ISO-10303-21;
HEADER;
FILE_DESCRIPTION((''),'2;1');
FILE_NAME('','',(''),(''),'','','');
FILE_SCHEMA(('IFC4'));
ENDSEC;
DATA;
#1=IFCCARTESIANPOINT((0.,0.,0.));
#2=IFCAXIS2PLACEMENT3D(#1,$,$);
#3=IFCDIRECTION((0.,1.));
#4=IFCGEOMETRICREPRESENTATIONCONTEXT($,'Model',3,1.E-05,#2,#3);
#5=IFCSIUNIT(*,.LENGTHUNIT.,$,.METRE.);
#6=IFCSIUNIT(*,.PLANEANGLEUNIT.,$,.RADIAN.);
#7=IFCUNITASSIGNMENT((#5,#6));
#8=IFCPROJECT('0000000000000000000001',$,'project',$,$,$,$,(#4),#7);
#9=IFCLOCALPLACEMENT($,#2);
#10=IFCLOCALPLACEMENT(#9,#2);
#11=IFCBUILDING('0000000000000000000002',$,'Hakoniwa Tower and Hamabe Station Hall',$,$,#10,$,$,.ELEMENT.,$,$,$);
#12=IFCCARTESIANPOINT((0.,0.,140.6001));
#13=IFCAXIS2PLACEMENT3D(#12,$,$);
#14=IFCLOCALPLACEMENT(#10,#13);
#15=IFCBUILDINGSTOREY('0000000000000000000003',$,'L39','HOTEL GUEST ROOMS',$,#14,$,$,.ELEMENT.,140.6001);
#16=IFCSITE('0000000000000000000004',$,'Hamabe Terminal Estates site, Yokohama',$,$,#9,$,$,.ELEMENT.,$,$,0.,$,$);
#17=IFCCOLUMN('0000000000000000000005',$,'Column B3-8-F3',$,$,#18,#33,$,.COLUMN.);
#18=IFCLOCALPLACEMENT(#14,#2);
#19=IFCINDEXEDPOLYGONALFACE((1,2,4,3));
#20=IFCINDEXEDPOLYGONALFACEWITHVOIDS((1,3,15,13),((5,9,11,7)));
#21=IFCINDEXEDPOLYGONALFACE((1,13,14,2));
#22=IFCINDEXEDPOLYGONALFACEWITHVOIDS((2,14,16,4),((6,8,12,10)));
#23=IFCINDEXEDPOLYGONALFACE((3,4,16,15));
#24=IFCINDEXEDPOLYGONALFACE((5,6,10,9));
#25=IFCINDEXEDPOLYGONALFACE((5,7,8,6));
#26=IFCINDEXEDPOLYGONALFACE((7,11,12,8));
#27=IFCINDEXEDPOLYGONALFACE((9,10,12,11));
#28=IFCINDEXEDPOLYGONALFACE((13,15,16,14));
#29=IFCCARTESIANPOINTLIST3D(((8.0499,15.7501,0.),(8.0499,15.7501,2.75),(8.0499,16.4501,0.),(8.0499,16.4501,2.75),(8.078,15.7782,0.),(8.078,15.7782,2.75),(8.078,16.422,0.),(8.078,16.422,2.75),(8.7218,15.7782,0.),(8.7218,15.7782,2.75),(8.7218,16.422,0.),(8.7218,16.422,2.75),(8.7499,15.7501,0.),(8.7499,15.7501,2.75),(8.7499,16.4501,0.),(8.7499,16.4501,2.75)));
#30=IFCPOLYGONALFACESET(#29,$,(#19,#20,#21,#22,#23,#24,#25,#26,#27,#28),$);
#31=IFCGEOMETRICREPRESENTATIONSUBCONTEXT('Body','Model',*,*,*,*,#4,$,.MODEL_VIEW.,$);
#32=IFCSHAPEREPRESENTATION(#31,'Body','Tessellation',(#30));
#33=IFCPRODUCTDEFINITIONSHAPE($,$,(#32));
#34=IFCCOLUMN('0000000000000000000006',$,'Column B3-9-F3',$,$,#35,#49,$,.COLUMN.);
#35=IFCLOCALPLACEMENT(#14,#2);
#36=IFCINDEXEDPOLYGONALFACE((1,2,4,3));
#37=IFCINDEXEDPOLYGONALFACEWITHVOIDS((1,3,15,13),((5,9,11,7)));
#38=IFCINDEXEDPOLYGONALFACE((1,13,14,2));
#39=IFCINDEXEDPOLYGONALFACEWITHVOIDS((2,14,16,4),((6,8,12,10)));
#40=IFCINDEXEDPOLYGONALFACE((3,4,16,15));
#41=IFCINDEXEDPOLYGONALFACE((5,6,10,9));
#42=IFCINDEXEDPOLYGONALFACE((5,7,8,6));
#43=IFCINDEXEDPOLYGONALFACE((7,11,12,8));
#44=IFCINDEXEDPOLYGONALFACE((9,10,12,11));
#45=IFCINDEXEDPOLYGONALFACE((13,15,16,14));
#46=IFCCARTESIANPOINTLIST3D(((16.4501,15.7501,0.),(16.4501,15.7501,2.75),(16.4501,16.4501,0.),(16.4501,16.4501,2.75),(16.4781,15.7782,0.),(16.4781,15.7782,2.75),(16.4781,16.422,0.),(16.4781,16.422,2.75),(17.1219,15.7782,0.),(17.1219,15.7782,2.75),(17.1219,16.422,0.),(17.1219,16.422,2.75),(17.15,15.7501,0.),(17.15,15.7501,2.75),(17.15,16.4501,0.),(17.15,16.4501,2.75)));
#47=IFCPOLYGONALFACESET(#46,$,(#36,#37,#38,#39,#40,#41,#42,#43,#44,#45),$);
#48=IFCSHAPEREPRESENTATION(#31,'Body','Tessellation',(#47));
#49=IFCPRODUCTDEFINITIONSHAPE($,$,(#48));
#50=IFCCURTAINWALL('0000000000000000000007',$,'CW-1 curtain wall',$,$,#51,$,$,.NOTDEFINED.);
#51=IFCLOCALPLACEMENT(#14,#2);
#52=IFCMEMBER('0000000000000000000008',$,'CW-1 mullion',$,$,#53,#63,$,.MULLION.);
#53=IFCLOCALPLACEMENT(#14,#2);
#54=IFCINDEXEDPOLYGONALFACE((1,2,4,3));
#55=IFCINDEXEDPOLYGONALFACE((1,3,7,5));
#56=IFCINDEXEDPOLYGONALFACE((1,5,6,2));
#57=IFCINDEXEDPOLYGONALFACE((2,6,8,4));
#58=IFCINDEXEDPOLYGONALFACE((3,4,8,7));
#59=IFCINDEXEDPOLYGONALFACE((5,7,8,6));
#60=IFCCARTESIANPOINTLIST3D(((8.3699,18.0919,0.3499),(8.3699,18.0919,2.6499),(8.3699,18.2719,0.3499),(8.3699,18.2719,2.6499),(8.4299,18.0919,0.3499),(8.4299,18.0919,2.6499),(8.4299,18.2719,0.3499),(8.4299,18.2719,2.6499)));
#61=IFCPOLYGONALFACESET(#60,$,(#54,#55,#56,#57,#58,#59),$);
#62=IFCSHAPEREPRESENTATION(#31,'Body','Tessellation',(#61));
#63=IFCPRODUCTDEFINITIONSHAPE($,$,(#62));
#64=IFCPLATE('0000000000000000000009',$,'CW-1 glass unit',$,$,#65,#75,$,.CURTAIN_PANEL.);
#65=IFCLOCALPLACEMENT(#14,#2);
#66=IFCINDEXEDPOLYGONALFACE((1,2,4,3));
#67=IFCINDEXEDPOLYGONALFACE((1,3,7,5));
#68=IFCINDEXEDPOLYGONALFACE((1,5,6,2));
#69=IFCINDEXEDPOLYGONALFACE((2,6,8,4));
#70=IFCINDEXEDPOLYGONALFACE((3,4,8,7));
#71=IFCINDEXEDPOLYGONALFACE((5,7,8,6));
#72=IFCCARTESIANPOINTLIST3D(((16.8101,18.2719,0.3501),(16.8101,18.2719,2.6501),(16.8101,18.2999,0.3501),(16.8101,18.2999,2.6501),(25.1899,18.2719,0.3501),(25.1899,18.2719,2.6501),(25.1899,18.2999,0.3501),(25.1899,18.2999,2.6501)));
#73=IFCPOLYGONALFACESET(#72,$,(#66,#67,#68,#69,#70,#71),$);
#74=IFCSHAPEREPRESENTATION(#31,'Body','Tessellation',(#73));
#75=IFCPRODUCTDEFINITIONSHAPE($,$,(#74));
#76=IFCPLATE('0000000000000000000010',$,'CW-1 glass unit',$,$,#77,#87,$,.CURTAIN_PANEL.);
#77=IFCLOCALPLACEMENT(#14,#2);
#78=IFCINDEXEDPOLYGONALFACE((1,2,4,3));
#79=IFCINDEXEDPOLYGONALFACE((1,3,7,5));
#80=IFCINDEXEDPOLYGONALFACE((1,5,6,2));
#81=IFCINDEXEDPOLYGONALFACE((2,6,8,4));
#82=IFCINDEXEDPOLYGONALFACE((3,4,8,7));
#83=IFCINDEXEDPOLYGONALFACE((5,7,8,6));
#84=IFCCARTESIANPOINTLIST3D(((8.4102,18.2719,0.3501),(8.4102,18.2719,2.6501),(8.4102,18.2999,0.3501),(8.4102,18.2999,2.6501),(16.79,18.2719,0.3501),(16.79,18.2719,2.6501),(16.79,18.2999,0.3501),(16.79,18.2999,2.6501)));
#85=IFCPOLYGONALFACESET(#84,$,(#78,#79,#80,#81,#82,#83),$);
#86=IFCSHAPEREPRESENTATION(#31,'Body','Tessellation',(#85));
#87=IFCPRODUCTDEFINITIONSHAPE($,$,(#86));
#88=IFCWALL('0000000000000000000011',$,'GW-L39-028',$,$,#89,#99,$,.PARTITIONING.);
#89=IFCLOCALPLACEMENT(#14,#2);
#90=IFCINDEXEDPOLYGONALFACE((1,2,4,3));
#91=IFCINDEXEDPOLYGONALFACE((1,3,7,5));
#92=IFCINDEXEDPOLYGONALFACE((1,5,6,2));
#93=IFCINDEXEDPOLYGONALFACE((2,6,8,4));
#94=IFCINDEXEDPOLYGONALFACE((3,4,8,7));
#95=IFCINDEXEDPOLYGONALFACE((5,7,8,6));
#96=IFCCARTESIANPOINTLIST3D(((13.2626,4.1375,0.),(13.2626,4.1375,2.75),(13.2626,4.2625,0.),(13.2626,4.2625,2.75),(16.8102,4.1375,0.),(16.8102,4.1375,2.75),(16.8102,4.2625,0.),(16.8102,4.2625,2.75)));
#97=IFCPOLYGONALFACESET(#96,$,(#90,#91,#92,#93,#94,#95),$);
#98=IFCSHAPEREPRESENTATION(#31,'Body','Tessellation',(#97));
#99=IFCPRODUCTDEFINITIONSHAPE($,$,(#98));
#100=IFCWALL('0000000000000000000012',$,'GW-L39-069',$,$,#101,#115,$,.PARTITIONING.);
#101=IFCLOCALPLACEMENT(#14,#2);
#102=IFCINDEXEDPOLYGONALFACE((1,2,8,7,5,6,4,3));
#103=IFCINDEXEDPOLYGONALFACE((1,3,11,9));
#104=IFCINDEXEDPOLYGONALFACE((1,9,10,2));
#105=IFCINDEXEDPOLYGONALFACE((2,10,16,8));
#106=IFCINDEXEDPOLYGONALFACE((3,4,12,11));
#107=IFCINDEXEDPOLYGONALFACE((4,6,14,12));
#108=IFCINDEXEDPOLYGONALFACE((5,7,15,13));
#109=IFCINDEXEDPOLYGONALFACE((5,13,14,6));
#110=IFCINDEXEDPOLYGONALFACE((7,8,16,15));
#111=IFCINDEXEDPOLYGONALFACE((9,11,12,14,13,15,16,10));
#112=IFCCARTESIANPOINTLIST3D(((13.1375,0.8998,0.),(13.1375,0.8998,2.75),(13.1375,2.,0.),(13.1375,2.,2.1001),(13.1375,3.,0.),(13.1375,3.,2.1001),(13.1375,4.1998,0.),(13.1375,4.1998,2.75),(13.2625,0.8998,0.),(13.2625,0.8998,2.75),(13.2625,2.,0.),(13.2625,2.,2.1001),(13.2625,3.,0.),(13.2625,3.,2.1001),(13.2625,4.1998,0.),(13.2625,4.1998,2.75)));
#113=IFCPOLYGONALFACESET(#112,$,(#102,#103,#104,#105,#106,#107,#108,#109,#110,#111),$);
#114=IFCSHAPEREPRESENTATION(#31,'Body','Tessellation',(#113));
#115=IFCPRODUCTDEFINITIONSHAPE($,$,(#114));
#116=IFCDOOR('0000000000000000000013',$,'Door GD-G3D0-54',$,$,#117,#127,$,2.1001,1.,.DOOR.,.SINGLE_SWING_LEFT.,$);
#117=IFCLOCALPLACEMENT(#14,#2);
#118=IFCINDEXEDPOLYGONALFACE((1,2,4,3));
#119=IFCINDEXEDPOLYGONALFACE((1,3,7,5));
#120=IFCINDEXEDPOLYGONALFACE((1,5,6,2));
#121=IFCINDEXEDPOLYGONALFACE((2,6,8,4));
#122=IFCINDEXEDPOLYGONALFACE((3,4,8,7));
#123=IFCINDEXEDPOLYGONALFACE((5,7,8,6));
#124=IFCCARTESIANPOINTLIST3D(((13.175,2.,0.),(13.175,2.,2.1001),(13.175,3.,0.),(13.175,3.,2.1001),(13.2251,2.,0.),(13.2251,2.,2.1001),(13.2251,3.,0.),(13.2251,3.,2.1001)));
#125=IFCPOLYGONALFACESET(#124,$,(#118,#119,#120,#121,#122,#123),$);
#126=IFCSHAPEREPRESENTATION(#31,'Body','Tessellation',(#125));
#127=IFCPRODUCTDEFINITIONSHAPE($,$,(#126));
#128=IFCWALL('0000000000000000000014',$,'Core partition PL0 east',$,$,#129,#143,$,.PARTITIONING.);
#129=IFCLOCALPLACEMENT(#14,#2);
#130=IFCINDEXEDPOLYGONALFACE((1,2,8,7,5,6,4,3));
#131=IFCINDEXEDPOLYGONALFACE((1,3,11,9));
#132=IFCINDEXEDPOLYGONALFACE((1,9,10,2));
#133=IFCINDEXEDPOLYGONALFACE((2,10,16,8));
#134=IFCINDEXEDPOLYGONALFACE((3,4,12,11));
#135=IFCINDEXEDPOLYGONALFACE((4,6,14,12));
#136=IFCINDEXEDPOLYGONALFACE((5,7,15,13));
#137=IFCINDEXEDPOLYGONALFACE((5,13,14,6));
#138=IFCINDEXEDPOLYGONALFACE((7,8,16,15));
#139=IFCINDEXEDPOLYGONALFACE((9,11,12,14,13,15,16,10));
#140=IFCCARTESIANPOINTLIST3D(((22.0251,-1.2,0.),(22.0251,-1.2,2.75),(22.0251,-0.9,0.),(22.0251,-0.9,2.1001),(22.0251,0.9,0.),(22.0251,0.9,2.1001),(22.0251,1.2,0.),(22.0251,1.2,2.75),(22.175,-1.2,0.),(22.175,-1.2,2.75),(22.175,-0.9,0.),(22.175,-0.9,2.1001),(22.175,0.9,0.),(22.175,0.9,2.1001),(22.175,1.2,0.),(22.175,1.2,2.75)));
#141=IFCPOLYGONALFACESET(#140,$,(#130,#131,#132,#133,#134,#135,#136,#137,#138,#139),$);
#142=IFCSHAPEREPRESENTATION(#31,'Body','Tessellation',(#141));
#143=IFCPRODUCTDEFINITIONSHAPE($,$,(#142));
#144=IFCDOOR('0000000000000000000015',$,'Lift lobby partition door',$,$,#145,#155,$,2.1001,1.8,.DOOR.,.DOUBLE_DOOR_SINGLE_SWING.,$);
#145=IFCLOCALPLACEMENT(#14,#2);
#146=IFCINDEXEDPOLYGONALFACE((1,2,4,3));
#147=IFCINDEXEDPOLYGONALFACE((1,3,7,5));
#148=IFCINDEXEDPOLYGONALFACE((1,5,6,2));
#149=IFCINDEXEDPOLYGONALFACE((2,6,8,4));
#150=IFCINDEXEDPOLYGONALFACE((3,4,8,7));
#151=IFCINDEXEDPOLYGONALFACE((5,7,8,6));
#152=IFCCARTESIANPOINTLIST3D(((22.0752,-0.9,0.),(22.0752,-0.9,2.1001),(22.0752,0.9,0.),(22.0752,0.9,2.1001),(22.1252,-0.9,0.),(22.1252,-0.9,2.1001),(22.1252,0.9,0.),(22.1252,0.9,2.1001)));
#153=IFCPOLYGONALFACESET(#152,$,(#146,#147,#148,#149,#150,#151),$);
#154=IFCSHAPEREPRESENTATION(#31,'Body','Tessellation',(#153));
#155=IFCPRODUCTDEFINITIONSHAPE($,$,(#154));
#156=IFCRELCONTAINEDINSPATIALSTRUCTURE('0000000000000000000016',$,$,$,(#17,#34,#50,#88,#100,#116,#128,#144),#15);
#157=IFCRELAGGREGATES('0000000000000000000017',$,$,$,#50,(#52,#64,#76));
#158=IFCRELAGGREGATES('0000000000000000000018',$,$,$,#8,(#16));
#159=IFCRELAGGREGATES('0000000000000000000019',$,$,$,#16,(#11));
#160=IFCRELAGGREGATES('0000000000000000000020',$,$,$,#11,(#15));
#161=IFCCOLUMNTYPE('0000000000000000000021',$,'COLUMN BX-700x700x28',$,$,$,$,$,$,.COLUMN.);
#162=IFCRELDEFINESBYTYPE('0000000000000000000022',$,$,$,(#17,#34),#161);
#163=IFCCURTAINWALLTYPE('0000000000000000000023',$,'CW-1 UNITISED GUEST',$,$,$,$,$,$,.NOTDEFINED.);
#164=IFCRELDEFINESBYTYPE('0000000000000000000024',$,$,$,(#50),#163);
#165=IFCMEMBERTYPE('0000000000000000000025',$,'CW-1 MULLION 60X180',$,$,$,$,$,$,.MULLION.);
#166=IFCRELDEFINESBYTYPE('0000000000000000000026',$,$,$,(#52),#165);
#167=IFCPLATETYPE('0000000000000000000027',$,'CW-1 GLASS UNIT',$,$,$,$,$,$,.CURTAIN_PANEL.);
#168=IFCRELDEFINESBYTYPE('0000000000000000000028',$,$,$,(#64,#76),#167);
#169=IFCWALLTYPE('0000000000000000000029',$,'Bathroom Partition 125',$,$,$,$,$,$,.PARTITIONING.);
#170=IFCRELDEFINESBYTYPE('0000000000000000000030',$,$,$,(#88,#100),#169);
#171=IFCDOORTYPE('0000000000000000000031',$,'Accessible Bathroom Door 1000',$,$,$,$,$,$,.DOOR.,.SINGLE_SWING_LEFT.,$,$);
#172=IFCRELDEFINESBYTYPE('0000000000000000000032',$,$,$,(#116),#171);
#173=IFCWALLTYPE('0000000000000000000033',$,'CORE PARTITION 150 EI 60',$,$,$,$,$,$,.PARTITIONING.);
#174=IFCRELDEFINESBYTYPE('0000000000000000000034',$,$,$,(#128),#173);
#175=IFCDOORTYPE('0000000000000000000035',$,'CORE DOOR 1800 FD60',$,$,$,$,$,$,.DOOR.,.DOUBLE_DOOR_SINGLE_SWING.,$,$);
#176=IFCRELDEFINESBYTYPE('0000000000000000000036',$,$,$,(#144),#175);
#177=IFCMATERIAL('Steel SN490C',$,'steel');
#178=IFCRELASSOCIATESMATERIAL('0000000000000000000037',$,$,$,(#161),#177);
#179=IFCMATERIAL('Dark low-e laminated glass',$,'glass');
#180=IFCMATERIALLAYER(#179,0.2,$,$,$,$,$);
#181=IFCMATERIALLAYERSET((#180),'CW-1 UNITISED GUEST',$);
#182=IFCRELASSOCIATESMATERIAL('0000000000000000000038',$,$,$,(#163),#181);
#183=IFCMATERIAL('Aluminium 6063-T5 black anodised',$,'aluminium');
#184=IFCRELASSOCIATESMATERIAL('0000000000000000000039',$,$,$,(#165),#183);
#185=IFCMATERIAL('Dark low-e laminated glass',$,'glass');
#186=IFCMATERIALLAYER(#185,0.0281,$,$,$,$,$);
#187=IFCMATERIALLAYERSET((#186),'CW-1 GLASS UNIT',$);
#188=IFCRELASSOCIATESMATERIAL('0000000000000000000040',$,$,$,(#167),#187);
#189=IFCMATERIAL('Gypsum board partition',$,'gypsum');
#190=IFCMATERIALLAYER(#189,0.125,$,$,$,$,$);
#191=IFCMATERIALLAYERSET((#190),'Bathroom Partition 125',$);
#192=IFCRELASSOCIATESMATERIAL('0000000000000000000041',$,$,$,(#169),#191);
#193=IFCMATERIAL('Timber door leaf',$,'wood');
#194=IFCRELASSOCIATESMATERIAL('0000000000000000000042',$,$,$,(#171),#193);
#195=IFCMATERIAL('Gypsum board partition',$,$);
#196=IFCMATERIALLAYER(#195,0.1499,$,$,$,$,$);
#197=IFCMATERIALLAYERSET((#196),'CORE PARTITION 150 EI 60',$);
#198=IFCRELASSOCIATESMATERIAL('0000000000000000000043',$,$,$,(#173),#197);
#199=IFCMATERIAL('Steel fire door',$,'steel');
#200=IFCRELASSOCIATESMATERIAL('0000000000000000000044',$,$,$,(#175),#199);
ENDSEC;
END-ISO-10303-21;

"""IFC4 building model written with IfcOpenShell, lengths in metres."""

from ifc_helpers import new_model, si_unit, direction, frame, frame_2d, origin, origin_2d, place, context, subcontext, project, spatial, rectangle, hollow_rectangle, extrude, material, layer, layer_set, material_profile, profile_set, type_object, element, fill, aggregate, save


model = new_model("IFC4")

# Units and contexts
model_context = context("Model", 3, precision=1e-05, world=origin(), true_north=direction((0.0, 1.0)))
body_context = subcontext(model_context, "Body", "Model", "MODEL_VIEW")
ifc_project = project(units=[si_unit("LENGTHUNIT", "METRE"), si_unit("PLANEANGLEUNIT", "RADIAN")], contexts=[model_context])

# Site, building, storey
site_placement = place(None, origin())
site = spatial("IfcSite", under=ifc_project, at=site_placement, Name="Hamabe Terminal Estates site, Yokohama", CompositionType="ELEMENT", RefElevation=0.0)
building_placement = place(site_placement, origin())
building = spatial("IfcBuilding", under=site, at=building_placement, Name="Hakoniwa Tower and Hamabe Station Hall", CompositionType="ELEMENT")
storey_placement = place(building_placement, frame((0.0, 0.0, 140.6001)))
storey = spatial("IfcBuildingStorey", under=building, at=storey_placement, Name="L39", Description="HOTEL GUEST ROOMS", CompositionType="ELEMENT", Elevation=140.6001)

# Columns
ifc_material_1 = material(Name="Steel SN490C", Category="steel")
ifc_material_profile_1 = material_profile(ifc_material_1, hollow_rectangle(XDim=0.7, YDim=0.7, WallThickness=0.0281, at=origin_2d()), Name="BX-700x700x28")
ifc_profile_set_1 = profile_set([ifc_material_profile_1], Name="Steel SN490C")
column_type = type_object("IfcColumnType", Name="COLUMN BX-700x700x28", PredefinedType="COLUMN", material=ifc_profile_set_1)
for number, where, z_axis, x_axis, name in (
    (1, (8.3999, 16.1001, 0.0), (0.0, 0.0, 1.0), (1.0, 0.0, 0.0), "Column B3-8-F3"),
    (2, (16.8, 16.1001, 0.0), (0.0, 0.0, 1.0), (1.0, 0.0, 0.0), "Column B3-9-F3"),
):
    element("IfcColumn", number, at=place(storey_placement, frame(where, z_axis=z_axis, x_axis=x_axis)), inside=storey, type_object=column_type, Name=name, PredefinedType="COLUMN", context=body_context, shape_type="SweptSolid", body=[
        extrude(hollow_rectangle(XDim=0.7, YDim=0.7, WallThickness=0.0281, at=origin_2d()), origin(), (0.0, 0.0, 1.0), 2.75),
    ])

# Curtain wall, member, plates
ifc_material_2 = material(Name="Dark low-e laminated glass", Category="glass")
ifc_layer_1 = layer(ifc_material_2, 0.2)
ifc_layer_set_1 = layer_set([ifc_layer_1], Name="CW-1 UNITISED GUEST")
curtain_wall_type = type_object("IfcCurtainWallType", Name="CW-1 UNITISED GUEST", PredefinedType="NOTDEFINED", material=ifc_layer_set_1)
curtain_wall_placement = place(storey_placement, origin())
curtain_wall = element("IfcCurtainWall", 3, at=curtain_wall_placement, inside=storey, type_object=curtain_wall_type, Name="CW-1 curtain wall", PredefinedType="NOTDEFINED")
ifc_material_3 = material(Name="Aluminium 6063-T5 black anodised", Category="aluminium")
ifc_material_profile_2 = material_profile(ifc_material_3, rectangle(XDim=0.0601, YDim=0.1799, at=origin_2d()), Name="CW-1 MULLION 60X180")
ifc_profile_set_2 = profile_set([ifc_material_profile_2], Name="Aluminium 6063-T5 black anodised")
member_type = type_object("IfcMemberType", Name="CW-1 MULLION 60X180", PredefinedType="MULLION", material=ifc_profile_set_2)
member_placement = place(storey_placement, frame((8.3999, 18.1819, 0.3499), z_axis=(0.0, 0.0, 1.0), x_axis=(-1.0, 0.0, 0.0)))
member = element("IfcMember", 4, at=member_placement, type_object=member_type, Name="CW-1 mullion", PredefinedType="MULLION", context=body_context, shape_type="SweptSolid", body=[
    extrude(rectangle(XDim=0.0601, YDim=0.1799, at=origin_2d()), origin(), (0.0, 0.0, 1.0), 2.3),
])
ifc_material_4 = material(Name="Dark low-e laminated glass", Category="glass")
ifc_layer_2 = layer(ifc_material_4, 0.0281)
ifc_layer_set_2 = layer_set([ifc_layer_2], Name="CW-1 GLASS UNIT")
plate_type = type_object("IfcPlateType", Name="CW-1 GLASS UNIT", PredefinedType="CURTAIN_PANEL", material=ifc_layer_set_2)
plate_1_placement = place(storey_placement, frame((21.0, 18.2859, 0.3501), z_axis=(0.0, 0.0, 1.0), x_axis=(-1.0, 0.0, 0.0)))
plate_1 = element("IfcPlate", 5, at=plate_1_placement, type_object=plate_type, Name="CW-1 glass unit", PredefinedType="CURTAIN_PANEL", context=body_context, shape_type="SweptSolid", body=[
    extrude(rectangle(XDim=8.3799, YDim=0.0281, at=origin_2d()), origin(), (0.0, 0.0, 1.0), 2.3),
])
plate_2_placement = place(storey_placement, frame((12.6001, 18.2859, 0.3501), z_axis=(0.0, 0.0, 1.0), x_axis=(-1.0, 0.0, 0.0)))
plate_2 = element("IfcPlate", 6, at=plate_2_placement, type_object=plate_type, Name="CW-1 glass unit", PredefinedType="CURTAIN_PANEL", context=body_context, shape_type="SweptSolid", body=[
    extrude(rectangle(XDim=8.3799, YDim=0.0281, at=origin_2d()), origin(), (0.0, 0.0, 1.0), 2.3),
])
aggregate(curtain_wall, [member, plate_1, plate_2])

# Wall
ifc_material_5 = material(Name="Gypsum board partition", Category="gypsum")
ifc_layer_3 = layer(ifc_material_5, 0.125)
ifc_layer_set_3 = layer_set([ifc_layer_3], Name="Bathroom Partition 125")
wall_type_1 = type_object("IfcWallType", Name="Bathroom Partition 125", PredefinedType="PARTITIONING", material=ifc_layer_set_3)
wall_1_placement = place(storey_placement, frame((13.2625, 4.2, 0.0), z_axis=(0.0, 0.0, 1.0), x_axis=(1.0, 0.0, 0.0)))
element("IfcWall", 7, at=wall_1_placement, inside=storey, type_object=wall_type_1, Name="GW-L39-028", PredefinedType="PARTITIONING", context=body_context, shape_type="SweptSolid", body=[
    extrude(rectangle(XDim=3.5476, YDim=0.125, at=frame_2d((1.7739, 0.0))), origin(), (0.0, 0.0, 1.0), 2.75),
])

# Walls, openings, doors
wall_2_placement = place(storey_placement, frame((13.2, 0.8999, 0.0), z_axis=(0.0, 0.0, 1.0), x_axis=(0.0, 1.0, 0.0)))
wall_2 = element("IfcWall", 8, at=wall_2_placement, inside=storey, type_object=wall_type_1, Name="GW-L39-069", PredefinedType="PARTITIONING", context=body_context, shape_type="SweptSolid", body=[
    extrude(rectangle(XDim=3.3, YDim=0.125, at=frame_2d((1.6499, 0.0))), origin(), (0.0, 0.0, 1.0), 2.75),
])
opening_1_placement = place(wall_2_placement, frame((1.1001, 0.0, 0.0)))
opening_1 = element("IfcOpeningElement", 9, at=opening_1_placement, cuts=wall_2, PredefinedType="OPENING", context=body_context, shape_type="SweptSolid", body=[
    extrude(rectangle(XDim=1.0, YDim=2.1001, at=frame_2d((0.5, 1.05))), frame((0.0, 0.0725, 0.0), z_axis=(0.0, -1.0, 0.0), x_axis=(1.0, 0.0, 0.0)), (0.0, 0.0, 1.0), 0.145),
])
ifc_material_6 = material(Name="Timber door leaf", Category="wood")
door_type_1 = type_object("IfcDoorType", Name="Accessible Bathroom Door 1000", OperationType="SINGLE_SWING_LEFT", PredefinedType="DOOR", material=ifc_material_6)
door_1_placement = place(opening_1_placement, origin())
door_1 = element("IfcDoor", 10, at=door_1_placement, inside=storey, type_object=door_type_1, Name="Door GD-G3D0-54", OperationType="SINGLE_SWING_LEFT", OverallHeight=2.1001, OverallWidth=1.0, PredefinedType="DOOR", context=body_context, shape_type="SweptSolid", body=[
    extrude(rectangle(XDim=1.0, YDim=2.1001, at=frame_2d((0.5, 1.05))), frame((0.0, 0.0249, 0.0), z_axis=(0.0, -1.0, 0.0), x_axis=(1.0, 0.0, 0.0)), (0.0, 0.0, 1.0), 0.05),
])
fill(opening_1, door_1)
ifc_material_7 = material(Name="Gypsum board partition")
ifc_layer_4 = layer(ifc_material_7, 0.1499)
ifc_layer_set_4 = layer_set([ifc_layer_4], Name="CORE PARTITION 150 EI 60")
wall_type_2 = type_object("IfcWallType", Name="CORE PARTITION 150 EI 60", PredefinedType="PARTITIONING", material=ifc_layer_set_4)
wall_3_placement = place(storey_placement, frame((22.1001, -1.2, 0.0), z_axis=(0.0, 0.0, 1.0), x_axis=(0.0, 1.0, 0.0)))
wall_3 = element("IfcWall", 11, at=wall_3_placement, inside=storey, type_object=wall_type_2, Name="Core partition PL0 east", PredefinedType="PARTITIONING", context=body_context, shape_type="SweptSolid", body=[
    extrude(rectangle(XDim=2.3999, YDim=0.1499, at=frame_2d((1.2, 0.0))), origin(), (0.0, 0.0, 1.0), 2.75),
])
opening_2_placement = place(wall_3_placement, frame((0.3, 0.0, 0.0)))
opening_2 = element("IfcOpeningElement", 12, at=opening_2_placement, cuts=wall_3, PredefinedType="OPENING", context=body_context, shape_type="SweptSolid", body=[
    extrude(rectangle(XDim=1.8, YDim=2.1001, at=frame_2d((0.8999, 1.05))), frame((0.0, 0.085, 0.0), z_axis=(0.0, -1.0, 0.0), x_axis=(1.0, 0.0, 0.0)), (0.0, 0.0, 1.0), 0.1699),
])
ifc_material_8 = material(Name="Steel fire door", Category="steel")
door_type_2 = type_object("IfcDoorType", Name="CORE DOOR 1800 FD60", OperationType="DOUBLE_DOOR_SINGLE_SWING", PredefinedType="DOOR", material=ifc_material_8)
door_2_placement = place(opening_2_placement, origin())
door_2 = element("IfcDoor", 13, at=door_2_placement, inside=storey, type_object=door_type_2, Name="Lift lobby partition door", OperationType="DOUBLE_DOOR_SINGLE_SWING", OverallHeight=2.1001, OverallWidth=1.8, PredefinedType="DOOR", context=body_context, shape_type="SweptSolid", body=[
    extrude(rectangle(XDim=1.8, YDim=2.1001, at=frame_2d((0.8999, 1.05))), frame((0.0, 0.0249, 0.0), z_axis=(0.0, -1.0, 0.0), x_axis=(1.0, 0.0, 0.0)), (0.0, 0.0, 1.0), 0.05),
])
fill(opening_2, door_2)

save(model, "model.ifc")
